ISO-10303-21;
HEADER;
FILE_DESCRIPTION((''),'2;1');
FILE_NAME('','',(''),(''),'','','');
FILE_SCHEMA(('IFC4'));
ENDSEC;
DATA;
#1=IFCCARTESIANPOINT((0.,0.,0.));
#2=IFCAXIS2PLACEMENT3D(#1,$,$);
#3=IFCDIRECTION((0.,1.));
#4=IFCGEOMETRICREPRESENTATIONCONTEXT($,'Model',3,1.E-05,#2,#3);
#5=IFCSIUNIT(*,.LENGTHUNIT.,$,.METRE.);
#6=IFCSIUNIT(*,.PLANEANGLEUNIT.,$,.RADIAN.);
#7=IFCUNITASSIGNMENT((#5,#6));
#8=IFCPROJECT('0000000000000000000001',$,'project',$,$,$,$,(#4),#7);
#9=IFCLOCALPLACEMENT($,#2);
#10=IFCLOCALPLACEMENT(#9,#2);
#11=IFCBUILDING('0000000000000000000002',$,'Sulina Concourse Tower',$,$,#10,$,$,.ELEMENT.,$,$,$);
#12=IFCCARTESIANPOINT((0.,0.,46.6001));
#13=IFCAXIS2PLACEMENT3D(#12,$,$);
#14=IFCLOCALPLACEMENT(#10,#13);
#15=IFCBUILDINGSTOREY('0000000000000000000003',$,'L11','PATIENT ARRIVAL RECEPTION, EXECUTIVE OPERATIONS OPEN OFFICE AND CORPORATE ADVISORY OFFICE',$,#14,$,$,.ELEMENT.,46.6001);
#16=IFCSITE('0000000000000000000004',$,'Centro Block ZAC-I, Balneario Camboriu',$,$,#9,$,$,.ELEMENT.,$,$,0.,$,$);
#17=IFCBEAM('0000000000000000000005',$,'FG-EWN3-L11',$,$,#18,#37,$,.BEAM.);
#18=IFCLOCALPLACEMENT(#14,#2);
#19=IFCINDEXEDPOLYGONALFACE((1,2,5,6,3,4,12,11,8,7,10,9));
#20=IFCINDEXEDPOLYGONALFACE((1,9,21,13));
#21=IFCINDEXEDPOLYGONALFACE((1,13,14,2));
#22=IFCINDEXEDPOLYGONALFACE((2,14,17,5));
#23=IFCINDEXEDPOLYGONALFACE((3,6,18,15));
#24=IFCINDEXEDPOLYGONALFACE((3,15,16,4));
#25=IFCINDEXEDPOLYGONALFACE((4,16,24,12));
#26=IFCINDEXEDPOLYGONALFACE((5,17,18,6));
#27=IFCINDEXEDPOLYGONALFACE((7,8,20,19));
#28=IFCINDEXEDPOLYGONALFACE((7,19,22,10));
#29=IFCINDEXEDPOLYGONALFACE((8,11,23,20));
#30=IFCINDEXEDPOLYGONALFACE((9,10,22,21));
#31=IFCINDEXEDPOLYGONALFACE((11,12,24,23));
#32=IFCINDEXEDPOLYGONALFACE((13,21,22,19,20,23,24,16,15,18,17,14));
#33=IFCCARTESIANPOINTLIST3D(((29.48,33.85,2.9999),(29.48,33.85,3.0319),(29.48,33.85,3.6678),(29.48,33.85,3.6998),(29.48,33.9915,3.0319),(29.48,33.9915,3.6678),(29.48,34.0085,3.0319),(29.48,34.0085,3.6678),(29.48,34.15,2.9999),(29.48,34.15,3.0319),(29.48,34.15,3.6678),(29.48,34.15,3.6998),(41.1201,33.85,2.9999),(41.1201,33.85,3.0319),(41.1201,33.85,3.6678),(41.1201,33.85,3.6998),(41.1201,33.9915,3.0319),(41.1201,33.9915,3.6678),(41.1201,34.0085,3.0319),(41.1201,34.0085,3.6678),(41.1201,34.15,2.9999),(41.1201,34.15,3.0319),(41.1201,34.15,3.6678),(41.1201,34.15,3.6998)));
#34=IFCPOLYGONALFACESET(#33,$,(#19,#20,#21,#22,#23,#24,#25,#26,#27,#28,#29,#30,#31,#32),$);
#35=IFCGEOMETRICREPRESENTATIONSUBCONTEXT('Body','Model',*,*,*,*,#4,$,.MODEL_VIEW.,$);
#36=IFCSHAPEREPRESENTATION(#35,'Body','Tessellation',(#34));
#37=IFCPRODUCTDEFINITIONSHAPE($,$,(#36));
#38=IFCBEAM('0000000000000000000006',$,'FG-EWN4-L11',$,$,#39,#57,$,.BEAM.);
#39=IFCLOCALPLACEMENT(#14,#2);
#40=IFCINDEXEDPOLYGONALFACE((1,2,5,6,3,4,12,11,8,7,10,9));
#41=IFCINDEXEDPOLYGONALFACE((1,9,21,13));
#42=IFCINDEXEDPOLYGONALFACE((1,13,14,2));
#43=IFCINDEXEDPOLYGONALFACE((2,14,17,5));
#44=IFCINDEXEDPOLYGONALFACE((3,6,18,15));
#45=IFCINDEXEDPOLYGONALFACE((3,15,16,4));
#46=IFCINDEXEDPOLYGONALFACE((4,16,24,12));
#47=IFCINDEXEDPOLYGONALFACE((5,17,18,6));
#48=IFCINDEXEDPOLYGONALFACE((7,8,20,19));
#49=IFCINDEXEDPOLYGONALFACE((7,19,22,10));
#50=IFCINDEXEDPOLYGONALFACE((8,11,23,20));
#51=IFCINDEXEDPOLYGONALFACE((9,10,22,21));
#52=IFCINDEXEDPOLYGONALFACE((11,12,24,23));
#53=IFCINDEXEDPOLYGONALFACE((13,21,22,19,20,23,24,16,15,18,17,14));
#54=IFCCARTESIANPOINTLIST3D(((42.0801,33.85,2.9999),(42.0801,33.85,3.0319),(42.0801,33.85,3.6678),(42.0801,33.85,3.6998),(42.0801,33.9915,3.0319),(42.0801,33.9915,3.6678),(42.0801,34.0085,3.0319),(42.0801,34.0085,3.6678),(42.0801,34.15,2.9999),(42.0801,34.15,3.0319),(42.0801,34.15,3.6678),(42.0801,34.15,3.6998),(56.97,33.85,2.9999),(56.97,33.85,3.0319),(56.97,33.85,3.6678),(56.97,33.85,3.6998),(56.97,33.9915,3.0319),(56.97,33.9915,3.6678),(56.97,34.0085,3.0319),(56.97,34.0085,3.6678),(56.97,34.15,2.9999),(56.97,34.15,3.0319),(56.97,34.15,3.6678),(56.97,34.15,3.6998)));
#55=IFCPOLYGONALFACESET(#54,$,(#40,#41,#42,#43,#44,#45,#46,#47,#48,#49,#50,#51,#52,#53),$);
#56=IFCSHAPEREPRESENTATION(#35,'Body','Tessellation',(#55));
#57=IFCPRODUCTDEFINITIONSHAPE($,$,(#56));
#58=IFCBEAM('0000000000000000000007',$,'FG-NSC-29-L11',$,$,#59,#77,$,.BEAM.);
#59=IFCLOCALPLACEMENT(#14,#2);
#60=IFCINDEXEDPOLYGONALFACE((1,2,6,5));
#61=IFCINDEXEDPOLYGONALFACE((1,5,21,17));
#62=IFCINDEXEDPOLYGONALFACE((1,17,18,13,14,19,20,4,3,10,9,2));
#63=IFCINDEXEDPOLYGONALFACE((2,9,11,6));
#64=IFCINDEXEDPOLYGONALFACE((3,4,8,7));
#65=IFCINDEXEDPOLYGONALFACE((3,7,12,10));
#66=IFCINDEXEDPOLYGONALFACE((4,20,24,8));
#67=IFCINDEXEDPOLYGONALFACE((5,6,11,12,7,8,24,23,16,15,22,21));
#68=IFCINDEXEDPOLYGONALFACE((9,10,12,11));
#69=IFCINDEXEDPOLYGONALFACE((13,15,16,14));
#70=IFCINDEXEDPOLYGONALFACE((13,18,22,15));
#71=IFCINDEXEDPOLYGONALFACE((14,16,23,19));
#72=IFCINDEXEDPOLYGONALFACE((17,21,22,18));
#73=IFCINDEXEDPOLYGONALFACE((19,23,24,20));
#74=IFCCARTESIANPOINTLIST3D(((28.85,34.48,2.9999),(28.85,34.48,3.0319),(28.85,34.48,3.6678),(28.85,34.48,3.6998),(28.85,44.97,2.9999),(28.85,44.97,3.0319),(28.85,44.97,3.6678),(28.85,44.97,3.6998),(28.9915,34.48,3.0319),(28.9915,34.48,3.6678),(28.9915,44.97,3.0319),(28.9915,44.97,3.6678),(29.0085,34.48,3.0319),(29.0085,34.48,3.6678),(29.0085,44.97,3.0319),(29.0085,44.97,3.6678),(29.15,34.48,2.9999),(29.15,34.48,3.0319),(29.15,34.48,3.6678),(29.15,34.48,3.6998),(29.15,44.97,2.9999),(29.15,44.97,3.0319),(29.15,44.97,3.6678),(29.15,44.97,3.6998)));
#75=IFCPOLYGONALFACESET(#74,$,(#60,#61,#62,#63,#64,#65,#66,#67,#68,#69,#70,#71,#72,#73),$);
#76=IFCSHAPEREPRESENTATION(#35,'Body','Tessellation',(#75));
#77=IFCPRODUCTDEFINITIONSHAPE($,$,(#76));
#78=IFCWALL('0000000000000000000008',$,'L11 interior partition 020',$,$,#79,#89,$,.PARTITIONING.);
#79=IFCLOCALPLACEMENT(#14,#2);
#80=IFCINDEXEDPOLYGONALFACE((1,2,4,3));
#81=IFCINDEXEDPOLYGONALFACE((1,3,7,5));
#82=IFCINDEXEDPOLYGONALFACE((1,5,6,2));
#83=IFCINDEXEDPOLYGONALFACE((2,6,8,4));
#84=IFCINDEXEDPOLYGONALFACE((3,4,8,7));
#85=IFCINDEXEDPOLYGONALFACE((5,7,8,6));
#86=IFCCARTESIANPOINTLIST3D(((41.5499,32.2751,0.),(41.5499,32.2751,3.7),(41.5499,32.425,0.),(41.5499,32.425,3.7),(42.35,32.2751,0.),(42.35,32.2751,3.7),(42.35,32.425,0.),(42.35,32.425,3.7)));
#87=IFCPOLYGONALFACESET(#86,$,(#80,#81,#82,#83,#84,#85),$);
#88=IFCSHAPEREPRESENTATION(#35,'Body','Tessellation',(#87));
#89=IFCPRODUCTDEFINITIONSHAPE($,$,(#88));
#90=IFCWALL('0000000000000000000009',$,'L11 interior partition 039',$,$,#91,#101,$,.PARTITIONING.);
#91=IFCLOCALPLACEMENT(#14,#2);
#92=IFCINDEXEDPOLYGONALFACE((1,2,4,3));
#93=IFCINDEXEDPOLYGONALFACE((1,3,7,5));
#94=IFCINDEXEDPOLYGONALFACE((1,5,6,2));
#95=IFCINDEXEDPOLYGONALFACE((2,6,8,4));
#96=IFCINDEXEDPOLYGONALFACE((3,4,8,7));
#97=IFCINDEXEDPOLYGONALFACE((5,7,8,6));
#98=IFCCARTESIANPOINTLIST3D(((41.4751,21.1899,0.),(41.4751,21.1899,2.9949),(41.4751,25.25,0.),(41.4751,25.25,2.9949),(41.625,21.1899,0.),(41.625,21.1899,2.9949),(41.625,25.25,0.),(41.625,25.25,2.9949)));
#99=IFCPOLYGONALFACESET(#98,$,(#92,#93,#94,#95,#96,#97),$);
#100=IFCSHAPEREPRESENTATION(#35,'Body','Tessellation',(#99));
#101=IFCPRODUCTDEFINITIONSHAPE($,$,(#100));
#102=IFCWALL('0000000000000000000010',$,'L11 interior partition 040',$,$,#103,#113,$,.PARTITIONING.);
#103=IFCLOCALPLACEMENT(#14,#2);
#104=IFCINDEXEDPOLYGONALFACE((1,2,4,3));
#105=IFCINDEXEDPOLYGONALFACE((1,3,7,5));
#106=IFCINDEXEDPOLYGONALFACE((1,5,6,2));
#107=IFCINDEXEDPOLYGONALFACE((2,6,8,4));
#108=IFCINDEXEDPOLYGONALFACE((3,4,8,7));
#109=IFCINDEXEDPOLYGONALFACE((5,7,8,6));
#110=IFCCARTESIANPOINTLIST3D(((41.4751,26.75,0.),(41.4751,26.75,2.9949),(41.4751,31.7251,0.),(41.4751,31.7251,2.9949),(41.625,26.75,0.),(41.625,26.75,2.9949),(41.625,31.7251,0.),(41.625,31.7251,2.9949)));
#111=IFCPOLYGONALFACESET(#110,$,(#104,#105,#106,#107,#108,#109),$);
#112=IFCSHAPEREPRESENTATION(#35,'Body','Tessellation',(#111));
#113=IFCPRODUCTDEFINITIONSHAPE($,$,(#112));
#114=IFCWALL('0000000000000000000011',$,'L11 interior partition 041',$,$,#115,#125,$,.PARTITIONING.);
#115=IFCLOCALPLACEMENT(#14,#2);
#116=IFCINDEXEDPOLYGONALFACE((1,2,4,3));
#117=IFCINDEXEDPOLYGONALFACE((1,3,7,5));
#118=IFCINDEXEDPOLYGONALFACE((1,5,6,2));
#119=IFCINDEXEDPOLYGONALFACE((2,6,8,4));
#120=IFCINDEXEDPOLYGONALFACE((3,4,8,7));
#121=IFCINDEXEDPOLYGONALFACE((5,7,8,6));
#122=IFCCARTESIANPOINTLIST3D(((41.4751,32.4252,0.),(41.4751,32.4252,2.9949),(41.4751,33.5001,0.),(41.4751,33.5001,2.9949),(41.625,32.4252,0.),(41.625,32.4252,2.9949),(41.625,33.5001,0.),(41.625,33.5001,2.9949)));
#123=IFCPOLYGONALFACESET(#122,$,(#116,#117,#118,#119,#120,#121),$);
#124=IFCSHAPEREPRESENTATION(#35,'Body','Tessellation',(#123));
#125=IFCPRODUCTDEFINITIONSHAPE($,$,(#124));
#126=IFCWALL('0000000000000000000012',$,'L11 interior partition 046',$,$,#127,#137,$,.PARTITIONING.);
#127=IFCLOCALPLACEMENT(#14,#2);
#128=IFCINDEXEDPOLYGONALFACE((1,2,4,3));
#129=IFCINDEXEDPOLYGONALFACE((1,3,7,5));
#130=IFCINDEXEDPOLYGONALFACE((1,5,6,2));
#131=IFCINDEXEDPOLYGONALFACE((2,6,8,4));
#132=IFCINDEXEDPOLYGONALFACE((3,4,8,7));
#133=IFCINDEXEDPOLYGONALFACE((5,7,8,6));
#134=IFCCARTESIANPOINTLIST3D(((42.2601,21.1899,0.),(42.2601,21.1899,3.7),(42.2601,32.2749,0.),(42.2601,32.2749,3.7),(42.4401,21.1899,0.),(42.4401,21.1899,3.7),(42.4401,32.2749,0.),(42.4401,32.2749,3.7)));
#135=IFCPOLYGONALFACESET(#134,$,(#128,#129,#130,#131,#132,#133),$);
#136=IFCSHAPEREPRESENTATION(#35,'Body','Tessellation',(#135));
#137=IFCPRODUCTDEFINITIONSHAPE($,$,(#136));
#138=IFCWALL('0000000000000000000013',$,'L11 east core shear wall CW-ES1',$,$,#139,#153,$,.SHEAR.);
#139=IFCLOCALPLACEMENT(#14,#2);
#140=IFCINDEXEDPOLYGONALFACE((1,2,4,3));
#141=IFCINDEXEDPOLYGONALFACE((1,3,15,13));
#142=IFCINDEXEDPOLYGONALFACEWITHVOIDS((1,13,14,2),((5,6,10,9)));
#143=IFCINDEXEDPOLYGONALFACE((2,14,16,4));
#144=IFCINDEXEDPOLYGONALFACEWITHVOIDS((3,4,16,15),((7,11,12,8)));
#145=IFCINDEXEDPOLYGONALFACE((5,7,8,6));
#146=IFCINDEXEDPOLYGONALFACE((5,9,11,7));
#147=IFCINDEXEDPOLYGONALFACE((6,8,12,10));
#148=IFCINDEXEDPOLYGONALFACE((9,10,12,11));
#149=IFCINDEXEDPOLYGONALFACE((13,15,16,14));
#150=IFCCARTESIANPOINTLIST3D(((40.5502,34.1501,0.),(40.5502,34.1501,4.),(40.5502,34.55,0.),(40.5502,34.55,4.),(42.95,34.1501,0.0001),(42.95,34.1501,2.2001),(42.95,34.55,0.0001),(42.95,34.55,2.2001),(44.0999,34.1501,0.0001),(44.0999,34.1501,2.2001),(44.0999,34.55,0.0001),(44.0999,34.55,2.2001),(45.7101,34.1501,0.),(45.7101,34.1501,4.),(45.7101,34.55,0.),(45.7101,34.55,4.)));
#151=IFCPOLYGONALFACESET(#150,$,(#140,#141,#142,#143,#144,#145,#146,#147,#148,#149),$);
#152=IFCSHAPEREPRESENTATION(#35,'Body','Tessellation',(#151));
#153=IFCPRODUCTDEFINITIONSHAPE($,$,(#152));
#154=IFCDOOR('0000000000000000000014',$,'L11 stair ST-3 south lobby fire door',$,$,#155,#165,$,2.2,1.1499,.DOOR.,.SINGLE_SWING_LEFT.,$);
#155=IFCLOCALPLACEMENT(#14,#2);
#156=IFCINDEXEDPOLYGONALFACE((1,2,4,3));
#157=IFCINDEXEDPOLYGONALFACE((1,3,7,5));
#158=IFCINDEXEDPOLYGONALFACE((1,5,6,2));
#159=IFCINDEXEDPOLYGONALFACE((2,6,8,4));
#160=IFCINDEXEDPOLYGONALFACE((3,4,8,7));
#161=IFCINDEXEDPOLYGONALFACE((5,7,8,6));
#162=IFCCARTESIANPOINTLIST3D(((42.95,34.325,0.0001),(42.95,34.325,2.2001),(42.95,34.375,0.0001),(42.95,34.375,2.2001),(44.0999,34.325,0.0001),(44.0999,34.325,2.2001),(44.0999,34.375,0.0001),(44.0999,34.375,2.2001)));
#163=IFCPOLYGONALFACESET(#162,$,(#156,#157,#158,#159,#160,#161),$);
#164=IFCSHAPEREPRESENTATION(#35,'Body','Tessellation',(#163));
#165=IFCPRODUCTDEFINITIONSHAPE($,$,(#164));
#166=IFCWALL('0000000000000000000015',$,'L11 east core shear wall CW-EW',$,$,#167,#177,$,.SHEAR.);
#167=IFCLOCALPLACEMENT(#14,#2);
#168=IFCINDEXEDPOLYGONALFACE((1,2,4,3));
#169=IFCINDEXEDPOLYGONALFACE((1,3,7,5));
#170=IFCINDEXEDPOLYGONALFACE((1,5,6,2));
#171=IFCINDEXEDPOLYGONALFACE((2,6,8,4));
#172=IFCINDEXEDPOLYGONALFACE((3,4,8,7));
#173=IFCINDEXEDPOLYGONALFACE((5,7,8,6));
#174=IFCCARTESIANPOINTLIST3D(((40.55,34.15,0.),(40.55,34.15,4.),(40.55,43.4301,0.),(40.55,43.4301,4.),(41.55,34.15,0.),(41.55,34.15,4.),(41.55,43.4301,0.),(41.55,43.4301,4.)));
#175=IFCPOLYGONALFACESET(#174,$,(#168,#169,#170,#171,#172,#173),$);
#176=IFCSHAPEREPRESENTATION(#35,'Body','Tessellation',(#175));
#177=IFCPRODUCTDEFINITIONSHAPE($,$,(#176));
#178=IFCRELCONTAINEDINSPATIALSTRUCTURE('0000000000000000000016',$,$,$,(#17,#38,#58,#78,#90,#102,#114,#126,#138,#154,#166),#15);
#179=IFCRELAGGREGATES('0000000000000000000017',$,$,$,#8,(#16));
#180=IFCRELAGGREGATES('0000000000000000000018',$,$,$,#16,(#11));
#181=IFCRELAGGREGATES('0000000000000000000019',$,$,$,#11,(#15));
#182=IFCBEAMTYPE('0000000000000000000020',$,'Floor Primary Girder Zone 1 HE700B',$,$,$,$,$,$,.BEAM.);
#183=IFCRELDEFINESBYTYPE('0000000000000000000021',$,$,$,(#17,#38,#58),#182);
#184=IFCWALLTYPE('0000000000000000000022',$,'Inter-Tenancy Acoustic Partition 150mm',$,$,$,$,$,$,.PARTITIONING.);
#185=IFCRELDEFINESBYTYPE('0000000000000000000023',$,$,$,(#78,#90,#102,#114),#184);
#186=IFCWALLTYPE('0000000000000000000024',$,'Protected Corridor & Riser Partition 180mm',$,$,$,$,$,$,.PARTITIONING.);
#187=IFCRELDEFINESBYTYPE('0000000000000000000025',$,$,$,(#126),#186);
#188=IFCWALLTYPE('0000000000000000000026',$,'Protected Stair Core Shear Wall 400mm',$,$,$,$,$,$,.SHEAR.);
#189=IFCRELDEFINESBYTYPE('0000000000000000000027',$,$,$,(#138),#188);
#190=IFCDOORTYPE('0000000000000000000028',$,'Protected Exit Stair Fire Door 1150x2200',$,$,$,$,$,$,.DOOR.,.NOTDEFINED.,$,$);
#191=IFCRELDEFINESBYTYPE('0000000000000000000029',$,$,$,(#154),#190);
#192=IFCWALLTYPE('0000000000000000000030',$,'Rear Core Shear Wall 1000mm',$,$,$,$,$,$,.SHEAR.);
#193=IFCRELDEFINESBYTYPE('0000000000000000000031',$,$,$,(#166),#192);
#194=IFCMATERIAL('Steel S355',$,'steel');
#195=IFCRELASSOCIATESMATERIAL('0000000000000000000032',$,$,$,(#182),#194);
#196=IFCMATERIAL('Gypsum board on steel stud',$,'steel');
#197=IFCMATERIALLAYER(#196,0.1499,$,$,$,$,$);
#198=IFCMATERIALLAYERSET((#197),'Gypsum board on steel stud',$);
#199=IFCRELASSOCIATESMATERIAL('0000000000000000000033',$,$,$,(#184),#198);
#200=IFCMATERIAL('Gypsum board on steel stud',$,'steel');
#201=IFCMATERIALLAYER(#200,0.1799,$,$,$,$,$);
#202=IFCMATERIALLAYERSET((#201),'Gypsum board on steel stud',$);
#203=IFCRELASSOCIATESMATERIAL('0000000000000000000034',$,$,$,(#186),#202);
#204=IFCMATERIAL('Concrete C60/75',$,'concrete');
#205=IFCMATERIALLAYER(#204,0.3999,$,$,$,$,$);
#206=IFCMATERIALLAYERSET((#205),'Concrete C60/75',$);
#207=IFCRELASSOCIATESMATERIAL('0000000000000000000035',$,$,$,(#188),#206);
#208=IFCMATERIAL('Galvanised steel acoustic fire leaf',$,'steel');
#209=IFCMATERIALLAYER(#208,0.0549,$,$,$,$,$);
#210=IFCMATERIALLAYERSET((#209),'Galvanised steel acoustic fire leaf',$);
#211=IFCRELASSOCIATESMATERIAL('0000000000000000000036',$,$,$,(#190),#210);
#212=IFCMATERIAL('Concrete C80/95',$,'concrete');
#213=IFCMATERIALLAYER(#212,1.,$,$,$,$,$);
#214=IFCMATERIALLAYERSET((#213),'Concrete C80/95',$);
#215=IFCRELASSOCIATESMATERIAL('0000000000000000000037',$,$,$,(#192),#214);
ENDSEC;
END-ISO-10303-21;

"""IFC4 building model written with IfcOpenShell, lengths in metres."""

from ifc_helpers import new_model, si_unit, direction, frame, frame_2d, origin, origin_2d, place, context, subcontext, project, spatial, rectangle, i_section, extrude, material, layer, layer_set, material_profile, profile_set, type_object, element, fill, save


model = new_model("IFC4")

# Units and contexts
model_context = context("Model", 3, precision=1e-05, world=origin(), true_north=direction((0.0, 1.0)))
body_context = subcontext(model_context, "Body", "Model", "MODEL_VIEW")
ifc_project = project(units=[si_unit("LENGTHUNIT", "METRE"), si_unit("PLANEANGLEUNIT", "RADIAN")], contexts=[model_context])

# Site, building, storey
site_placement = place(None, origin())
site = spatial("IfcSite", under=ifc_project, at=site_placement, Name="Centro Block ZAC-I, Balneario Camboriu", CompositionType="ELEMENT", RefElevation=0.0)
building_placement = place(site_placement, origin())
building = spatial("IfcBuilding", under=site, at=building_placement, Name="Sulina Concourse Tower", CompositionType="ELEMENT")
storey_placement = place(building_placement, frame((0.0, 0.0, 46.6001)))
storey = spatial("IfcBuildingStorey", under=building, at=storey_placement, Name="L11", Description="PATIENT ARRIVAL RECEPTION, EXECUTIVE OPERATIONS OPEN OFFICE AND CORPORATE ADVISORY OFFICE", CompositionType="ELEMENT", Elevation=46.6001)

# Beams
ifc_material_1 = material(Name="Steel S355", Category="steel")
ifc_material_profile_1 = material_profile(ifc_material_1, i_section(OverallWidth=0.3, OverallDepth=0.7, WebThickness=0.0171, FlangeThickness=0.032, at=origin_2d()), Name="HE 700 B")
ifc_profile_set_1 = profile_set([ifc_material_profile_1], Name="Steel S355")
beam_type_1 = type_object("IfcBeamType", Name="Floor Primary Girder Zone 1 HE700B", PredefinedType="BEAM", material=ifc_profile_set_1)
beam_1_placement = place(storey_placement, frame((29.48, 34.0, 3.3499), z_axis=(1.0, 0.0, 0.0), x_axis=(0.0, 1.0, 0.0)))
element("IfcBeam", 1, at=beam_1_placement, inside=storey, type_object=beam_type_1, Name="FG-EWN3-L11", PredefinedType="BEAM", context=body_context, shape_type="SweptSolid", body=[
    extrude(i_section(OverallWidth=0.3, OverallDepth=0.7, WebThickness=0.0171, FlangeThickness=0.032, at=origin_2d()), origin(), (0.0, 0.0, 1.0), 11.6401),
])
beam_2_placement = place(storey_placement, frame((42.0801, 34.0, 3.3499), z_axis=(1.0, 0.0, 0.0), x_axis=(0.0, 1.0, 0.0)))
element("IfcBeam", 2, at=beam_2_placement, inside=storey, type_object=beam_type_1, Name="FG-EWN4-L11", PredefinedType="BEAM", context=body_context, shape_type="SweptSolid", body=[
    extrude(i_section(OverallWidth=0.3, OverallDepth=0.7, WebThickness=0.0171, FlangeThickness=0.032, at=origin_2d()), origin(), (0.0, 0.0, 1.0), 14.8899),
])
beam_3_placement = place(storey_placement, frame((29.0, 34.48, 3.3499), z_axis=(0.0, 1.0, 0.0), x_axis=(-1.0, 0.0, 0.0)))
element("IfcBeam", 3, at=beam_3_placement, inside=storey, type_object=beam_type_1, Name="FG-NSC-29-L11", PredefinedType="BEAM", context=body_context, shape_type="SweptSolid", body=[
    extrude(i_section(OverallWidth=0.3, OverallDepth=0.7, WebThickness=0.0171, FlangeThickness=0.032, at=origin_2d()), origin(), (0.0, 0.0, 1.0), 10.49),
])

# Walls
ifc_material_2 = material(Name="Gypsum board on steel stud", Category="steel")
ifc_layer_1 = layer(ifc_material_2, 0.1499)
ifc_layer_set_1 = layer_set([ifc_layer_1], Name="Gypsum board on steel stud")
wall_type_1 = type_object("IfcWallType", Name="Inter-Tenancy Acoustic Partition 150mm", PredefinedType="PARTITIONING", material=ifc_layer_set_1)
wall_1_placement = place(storey_placement, frame((41.55, 32.3501, 0.0), z_axis=(0.0, 0.0, 1.0), x_axis=(1.0, 0.0, 0.0)))
element("IfcWall", 4, at=wall_1_placement, inside=storey, type_object=wall_type_1, Name="L11 interior partition 020", PredefinedType="PARTITIONING", context=body_context, shape_type="SweptSolid", body=[
    extrude(rectangle(XDim=0.8, YDim=0.1499, at=frame_2d((0.3999, 0.0))), origin(), (0.0, 0.0, 1.0), 3.7),
])
wall_2_placement = place(storey_placement, frame((41.55, 21.1899, 0.0), z_axis=(0.0, 0.0, 1.0), x_axis=(0.0, 1.0, 0.0)))
element("IfcWall", 5, at=wall_2_placement, inside=storey, type_object=wall_type_1, Name="L11 interior partition 039", PredefinedType="PARTITIONING", context=body_context, shape_type="SweptSolid", body=[
    extrude(rectangle(XDim=4.0601, YDim=0.1499, at=frame_2d((2.03, 0.0))), origin(), (0.0, 0.0, 1.0), 2.9949),
])
wall_3_placement = place(storey_placement, frame((41.55, 26.75, 0.0), z_axis=(0.0, 0.0, 1.0), x_axis=(0.0, 1.0, 0.0)))
element("IfcWall", 6, at=wall_3_placement, inside=storey, type_object=wall_type_1, Name="L11 interior partition 040", PredefinedType="PARTITIONING", context=body_context, shape_type="SweptSolid", body=[
    extrude(rectangle(XDim=4.9751, YDim=0.1499, at=frame_2d((2.4875, 0.0))), origin(), (0.0, 0.0, 1.0), 2.9949),
])
wall_4_placement = place(storey_placement, frame((41.55, 32.425, 0.0), z_axis=(0.0, 0.0, 1.0), x_axis=(0.0, 1.0, 0.0)))
element("IfcWall", 7, at=wall_4_placement, inside=storey, type_object=wall_type_1, Name="L11 interior partition 041", PredefinedType="PARTITIONING", context=body_context, shape_type="SweptSolid", body=[
    extrude(rectangle(XDim=1.075, YDim=0.1499, at=frame_2d((0.5376, 0.0))), origin(), (0.0, 0.0, 1.0), 2.9949),
])
ifc_material_3 = material(Name="Gypsum board on steel stud", Category="steel")
ifc_layer_2 = layer(ifc_material_3, 0.1799)
ifc_layer_set_2 = layer_set([ifc_layer_2], Name="Gypsum board on steel stud")
wall_type_2 = type_object("IfcWallType", Name="Protected Corridor & Riser Partition 180mm", PredefinedType="PARTITIONING", material=ifc_layer_set_2)
wall_5_placement = place(storey_placement, frame((42.3501, 21.1899, 0.0), z_axis=(0.0, 0.0, 1.0), x_axis=(0.0, 1.0, 0.0)))
element("IfcWall", 8, at=wall_5_placement, inside=storey, type_object=wall_type_2, Name="L11 interior partition 046", PredefinedType="PARTITIONING", context=body_context, shape_type="SweptSolid", body=[
    extrude(rectangle(XDim=11.085, YDim=0.1799, at=frame_2d((5.5425, 0.0))), origin(), (0.0, 0.0, 1.0), 3.7),
])

# Wall, opening, door
ifc_material_4 = material(Name="Concrete C60/75", Category="concrete")
ifc_layer_3 = layer(ifc_material_4, 0.3999)
ifc_layer_set_3 = layer_set([ifc_layer_3], Name="Concrete C60/75")
wall_type_3 = type_object("IfcWallType", Name="Protected Stair Core Shear Wall 400mm", PredefinedType="SHEAR", material=ifc_layer_set_3)
wall_6_placement = place(storey_placement, frame((40.55, 34.3501, 0.0), z_axis=(0.0, 0.0, 1.0), x_axis=(1.0, 0.0, 0.0)))
wall_6 = element("IfcWall", 9, at=wall_6_placement, inside=storey, type_object=wall_type_3, Name="L11 east core shear wall CW-ES1", PredefinedType="SHEAR", context=body_context, shape_type="SweptSolid", body=[
    extrude(rectangle(XDim=5.1599, YDim=0.3999, at=frame_2d((2.5801, 0.0))), origin(), (0.0, 0.0, 1.0), 4.0),
])
opening_placement = place(wall_6_placement, frame((2.3999, 0.0, 0.0)))
opening = element("IfcOpeningElement", 10, at=opening_placement, cuts=wall_6, PredefinedType="OPENING", context=body_context, shape_type="SweptSolid", body=[
    extrude(rectangle(XDim=1.1499, YDim=2.2, at=frame_2d((0.575, 1.1001))), frame((0.0, 0.21, 0.0), z_axis=(0.0, -1.0, 0.0), x_axis=(1.0, 0.0, 0.0)), (0.0, 0.0, 1.0), 0.4199),
])
ifc_material_5 = material(Name="Galvanised steel acoustic fire leaf", Category="steel")
ifc_layer_4 = layer(ifc_material_5, 0.0549)
ifc_layer_set_4 = layer_set([ifc_layer_4], Name="Galvanised steel acoustic fire leaf")
door_type = type_object("IfcDoorType", Name="Protected Exit Stair Fire Door 1150x2200", OperationType="NOTDEFINED", PredefinedType="DOOR", material=ifc_layer_set_4)
door_placement = place(opening_placement, origin())
door = element("IfcDoor", 11, at=door_placement, inside=storey, type_object=door_type, Name="L11 stair ST-3 south lobby fire door", OperationType="SINGLE_SWING_LEFT", OverallHeight=2.2, OverallWidth=1.1499, PredefinedType="DOOR", context=body_context, shape_type="SweptSolid", body=[
    extrude(rectangle(XDim=1.1499, YDim=2.2, at=frame_2d((0.575, 1.1001))), frame((0.0, 0.0249, 0.0), z_axis=(0.0, -1.0, 0.0), x_axis=(1.0, 0.0, 0.0)), (0.0, 0.0, 1.0), 0.05),
])
fill(opening, door)

# Wall
ifc_material_6 = material(Name="Concrete C80/95", Category="concrete")
ifc_layer_5 = layer(ifc_material_6, 1.0)
ifc_layer_set_5 = layer_set([ifc_layer_5], Name="Concrete C80/95")
wall_type_4 = type_object("IfcWallType", Name="Rear Core Shear Wall 1000mm", PredefinedType="SHEAR", material=ifc_layer_set_5)
wall_7_placement = place(storey_placement, frame((41.05, 34.1499, 0.0), z_axis=(0.0, 0.0, 1.0), x_axis=(0.0, 1.0, 0.0)))
element("IfcWall", 12, at=wall_7_placement, inside=storey, type_object=wall_type_4, Name="L11 east core shear wall CW-EW", PredefinedType="SHEAR", context=body_context, shape_type="SweptSolid", body=[
    extrude(rectangle(XDim=9.28, YDim=1.0, at=frame_2d((4.6401, 0.0))), origin(), (0.0, 0.0, 1.0), 4.0),
])

save(model, "model.ifc")
